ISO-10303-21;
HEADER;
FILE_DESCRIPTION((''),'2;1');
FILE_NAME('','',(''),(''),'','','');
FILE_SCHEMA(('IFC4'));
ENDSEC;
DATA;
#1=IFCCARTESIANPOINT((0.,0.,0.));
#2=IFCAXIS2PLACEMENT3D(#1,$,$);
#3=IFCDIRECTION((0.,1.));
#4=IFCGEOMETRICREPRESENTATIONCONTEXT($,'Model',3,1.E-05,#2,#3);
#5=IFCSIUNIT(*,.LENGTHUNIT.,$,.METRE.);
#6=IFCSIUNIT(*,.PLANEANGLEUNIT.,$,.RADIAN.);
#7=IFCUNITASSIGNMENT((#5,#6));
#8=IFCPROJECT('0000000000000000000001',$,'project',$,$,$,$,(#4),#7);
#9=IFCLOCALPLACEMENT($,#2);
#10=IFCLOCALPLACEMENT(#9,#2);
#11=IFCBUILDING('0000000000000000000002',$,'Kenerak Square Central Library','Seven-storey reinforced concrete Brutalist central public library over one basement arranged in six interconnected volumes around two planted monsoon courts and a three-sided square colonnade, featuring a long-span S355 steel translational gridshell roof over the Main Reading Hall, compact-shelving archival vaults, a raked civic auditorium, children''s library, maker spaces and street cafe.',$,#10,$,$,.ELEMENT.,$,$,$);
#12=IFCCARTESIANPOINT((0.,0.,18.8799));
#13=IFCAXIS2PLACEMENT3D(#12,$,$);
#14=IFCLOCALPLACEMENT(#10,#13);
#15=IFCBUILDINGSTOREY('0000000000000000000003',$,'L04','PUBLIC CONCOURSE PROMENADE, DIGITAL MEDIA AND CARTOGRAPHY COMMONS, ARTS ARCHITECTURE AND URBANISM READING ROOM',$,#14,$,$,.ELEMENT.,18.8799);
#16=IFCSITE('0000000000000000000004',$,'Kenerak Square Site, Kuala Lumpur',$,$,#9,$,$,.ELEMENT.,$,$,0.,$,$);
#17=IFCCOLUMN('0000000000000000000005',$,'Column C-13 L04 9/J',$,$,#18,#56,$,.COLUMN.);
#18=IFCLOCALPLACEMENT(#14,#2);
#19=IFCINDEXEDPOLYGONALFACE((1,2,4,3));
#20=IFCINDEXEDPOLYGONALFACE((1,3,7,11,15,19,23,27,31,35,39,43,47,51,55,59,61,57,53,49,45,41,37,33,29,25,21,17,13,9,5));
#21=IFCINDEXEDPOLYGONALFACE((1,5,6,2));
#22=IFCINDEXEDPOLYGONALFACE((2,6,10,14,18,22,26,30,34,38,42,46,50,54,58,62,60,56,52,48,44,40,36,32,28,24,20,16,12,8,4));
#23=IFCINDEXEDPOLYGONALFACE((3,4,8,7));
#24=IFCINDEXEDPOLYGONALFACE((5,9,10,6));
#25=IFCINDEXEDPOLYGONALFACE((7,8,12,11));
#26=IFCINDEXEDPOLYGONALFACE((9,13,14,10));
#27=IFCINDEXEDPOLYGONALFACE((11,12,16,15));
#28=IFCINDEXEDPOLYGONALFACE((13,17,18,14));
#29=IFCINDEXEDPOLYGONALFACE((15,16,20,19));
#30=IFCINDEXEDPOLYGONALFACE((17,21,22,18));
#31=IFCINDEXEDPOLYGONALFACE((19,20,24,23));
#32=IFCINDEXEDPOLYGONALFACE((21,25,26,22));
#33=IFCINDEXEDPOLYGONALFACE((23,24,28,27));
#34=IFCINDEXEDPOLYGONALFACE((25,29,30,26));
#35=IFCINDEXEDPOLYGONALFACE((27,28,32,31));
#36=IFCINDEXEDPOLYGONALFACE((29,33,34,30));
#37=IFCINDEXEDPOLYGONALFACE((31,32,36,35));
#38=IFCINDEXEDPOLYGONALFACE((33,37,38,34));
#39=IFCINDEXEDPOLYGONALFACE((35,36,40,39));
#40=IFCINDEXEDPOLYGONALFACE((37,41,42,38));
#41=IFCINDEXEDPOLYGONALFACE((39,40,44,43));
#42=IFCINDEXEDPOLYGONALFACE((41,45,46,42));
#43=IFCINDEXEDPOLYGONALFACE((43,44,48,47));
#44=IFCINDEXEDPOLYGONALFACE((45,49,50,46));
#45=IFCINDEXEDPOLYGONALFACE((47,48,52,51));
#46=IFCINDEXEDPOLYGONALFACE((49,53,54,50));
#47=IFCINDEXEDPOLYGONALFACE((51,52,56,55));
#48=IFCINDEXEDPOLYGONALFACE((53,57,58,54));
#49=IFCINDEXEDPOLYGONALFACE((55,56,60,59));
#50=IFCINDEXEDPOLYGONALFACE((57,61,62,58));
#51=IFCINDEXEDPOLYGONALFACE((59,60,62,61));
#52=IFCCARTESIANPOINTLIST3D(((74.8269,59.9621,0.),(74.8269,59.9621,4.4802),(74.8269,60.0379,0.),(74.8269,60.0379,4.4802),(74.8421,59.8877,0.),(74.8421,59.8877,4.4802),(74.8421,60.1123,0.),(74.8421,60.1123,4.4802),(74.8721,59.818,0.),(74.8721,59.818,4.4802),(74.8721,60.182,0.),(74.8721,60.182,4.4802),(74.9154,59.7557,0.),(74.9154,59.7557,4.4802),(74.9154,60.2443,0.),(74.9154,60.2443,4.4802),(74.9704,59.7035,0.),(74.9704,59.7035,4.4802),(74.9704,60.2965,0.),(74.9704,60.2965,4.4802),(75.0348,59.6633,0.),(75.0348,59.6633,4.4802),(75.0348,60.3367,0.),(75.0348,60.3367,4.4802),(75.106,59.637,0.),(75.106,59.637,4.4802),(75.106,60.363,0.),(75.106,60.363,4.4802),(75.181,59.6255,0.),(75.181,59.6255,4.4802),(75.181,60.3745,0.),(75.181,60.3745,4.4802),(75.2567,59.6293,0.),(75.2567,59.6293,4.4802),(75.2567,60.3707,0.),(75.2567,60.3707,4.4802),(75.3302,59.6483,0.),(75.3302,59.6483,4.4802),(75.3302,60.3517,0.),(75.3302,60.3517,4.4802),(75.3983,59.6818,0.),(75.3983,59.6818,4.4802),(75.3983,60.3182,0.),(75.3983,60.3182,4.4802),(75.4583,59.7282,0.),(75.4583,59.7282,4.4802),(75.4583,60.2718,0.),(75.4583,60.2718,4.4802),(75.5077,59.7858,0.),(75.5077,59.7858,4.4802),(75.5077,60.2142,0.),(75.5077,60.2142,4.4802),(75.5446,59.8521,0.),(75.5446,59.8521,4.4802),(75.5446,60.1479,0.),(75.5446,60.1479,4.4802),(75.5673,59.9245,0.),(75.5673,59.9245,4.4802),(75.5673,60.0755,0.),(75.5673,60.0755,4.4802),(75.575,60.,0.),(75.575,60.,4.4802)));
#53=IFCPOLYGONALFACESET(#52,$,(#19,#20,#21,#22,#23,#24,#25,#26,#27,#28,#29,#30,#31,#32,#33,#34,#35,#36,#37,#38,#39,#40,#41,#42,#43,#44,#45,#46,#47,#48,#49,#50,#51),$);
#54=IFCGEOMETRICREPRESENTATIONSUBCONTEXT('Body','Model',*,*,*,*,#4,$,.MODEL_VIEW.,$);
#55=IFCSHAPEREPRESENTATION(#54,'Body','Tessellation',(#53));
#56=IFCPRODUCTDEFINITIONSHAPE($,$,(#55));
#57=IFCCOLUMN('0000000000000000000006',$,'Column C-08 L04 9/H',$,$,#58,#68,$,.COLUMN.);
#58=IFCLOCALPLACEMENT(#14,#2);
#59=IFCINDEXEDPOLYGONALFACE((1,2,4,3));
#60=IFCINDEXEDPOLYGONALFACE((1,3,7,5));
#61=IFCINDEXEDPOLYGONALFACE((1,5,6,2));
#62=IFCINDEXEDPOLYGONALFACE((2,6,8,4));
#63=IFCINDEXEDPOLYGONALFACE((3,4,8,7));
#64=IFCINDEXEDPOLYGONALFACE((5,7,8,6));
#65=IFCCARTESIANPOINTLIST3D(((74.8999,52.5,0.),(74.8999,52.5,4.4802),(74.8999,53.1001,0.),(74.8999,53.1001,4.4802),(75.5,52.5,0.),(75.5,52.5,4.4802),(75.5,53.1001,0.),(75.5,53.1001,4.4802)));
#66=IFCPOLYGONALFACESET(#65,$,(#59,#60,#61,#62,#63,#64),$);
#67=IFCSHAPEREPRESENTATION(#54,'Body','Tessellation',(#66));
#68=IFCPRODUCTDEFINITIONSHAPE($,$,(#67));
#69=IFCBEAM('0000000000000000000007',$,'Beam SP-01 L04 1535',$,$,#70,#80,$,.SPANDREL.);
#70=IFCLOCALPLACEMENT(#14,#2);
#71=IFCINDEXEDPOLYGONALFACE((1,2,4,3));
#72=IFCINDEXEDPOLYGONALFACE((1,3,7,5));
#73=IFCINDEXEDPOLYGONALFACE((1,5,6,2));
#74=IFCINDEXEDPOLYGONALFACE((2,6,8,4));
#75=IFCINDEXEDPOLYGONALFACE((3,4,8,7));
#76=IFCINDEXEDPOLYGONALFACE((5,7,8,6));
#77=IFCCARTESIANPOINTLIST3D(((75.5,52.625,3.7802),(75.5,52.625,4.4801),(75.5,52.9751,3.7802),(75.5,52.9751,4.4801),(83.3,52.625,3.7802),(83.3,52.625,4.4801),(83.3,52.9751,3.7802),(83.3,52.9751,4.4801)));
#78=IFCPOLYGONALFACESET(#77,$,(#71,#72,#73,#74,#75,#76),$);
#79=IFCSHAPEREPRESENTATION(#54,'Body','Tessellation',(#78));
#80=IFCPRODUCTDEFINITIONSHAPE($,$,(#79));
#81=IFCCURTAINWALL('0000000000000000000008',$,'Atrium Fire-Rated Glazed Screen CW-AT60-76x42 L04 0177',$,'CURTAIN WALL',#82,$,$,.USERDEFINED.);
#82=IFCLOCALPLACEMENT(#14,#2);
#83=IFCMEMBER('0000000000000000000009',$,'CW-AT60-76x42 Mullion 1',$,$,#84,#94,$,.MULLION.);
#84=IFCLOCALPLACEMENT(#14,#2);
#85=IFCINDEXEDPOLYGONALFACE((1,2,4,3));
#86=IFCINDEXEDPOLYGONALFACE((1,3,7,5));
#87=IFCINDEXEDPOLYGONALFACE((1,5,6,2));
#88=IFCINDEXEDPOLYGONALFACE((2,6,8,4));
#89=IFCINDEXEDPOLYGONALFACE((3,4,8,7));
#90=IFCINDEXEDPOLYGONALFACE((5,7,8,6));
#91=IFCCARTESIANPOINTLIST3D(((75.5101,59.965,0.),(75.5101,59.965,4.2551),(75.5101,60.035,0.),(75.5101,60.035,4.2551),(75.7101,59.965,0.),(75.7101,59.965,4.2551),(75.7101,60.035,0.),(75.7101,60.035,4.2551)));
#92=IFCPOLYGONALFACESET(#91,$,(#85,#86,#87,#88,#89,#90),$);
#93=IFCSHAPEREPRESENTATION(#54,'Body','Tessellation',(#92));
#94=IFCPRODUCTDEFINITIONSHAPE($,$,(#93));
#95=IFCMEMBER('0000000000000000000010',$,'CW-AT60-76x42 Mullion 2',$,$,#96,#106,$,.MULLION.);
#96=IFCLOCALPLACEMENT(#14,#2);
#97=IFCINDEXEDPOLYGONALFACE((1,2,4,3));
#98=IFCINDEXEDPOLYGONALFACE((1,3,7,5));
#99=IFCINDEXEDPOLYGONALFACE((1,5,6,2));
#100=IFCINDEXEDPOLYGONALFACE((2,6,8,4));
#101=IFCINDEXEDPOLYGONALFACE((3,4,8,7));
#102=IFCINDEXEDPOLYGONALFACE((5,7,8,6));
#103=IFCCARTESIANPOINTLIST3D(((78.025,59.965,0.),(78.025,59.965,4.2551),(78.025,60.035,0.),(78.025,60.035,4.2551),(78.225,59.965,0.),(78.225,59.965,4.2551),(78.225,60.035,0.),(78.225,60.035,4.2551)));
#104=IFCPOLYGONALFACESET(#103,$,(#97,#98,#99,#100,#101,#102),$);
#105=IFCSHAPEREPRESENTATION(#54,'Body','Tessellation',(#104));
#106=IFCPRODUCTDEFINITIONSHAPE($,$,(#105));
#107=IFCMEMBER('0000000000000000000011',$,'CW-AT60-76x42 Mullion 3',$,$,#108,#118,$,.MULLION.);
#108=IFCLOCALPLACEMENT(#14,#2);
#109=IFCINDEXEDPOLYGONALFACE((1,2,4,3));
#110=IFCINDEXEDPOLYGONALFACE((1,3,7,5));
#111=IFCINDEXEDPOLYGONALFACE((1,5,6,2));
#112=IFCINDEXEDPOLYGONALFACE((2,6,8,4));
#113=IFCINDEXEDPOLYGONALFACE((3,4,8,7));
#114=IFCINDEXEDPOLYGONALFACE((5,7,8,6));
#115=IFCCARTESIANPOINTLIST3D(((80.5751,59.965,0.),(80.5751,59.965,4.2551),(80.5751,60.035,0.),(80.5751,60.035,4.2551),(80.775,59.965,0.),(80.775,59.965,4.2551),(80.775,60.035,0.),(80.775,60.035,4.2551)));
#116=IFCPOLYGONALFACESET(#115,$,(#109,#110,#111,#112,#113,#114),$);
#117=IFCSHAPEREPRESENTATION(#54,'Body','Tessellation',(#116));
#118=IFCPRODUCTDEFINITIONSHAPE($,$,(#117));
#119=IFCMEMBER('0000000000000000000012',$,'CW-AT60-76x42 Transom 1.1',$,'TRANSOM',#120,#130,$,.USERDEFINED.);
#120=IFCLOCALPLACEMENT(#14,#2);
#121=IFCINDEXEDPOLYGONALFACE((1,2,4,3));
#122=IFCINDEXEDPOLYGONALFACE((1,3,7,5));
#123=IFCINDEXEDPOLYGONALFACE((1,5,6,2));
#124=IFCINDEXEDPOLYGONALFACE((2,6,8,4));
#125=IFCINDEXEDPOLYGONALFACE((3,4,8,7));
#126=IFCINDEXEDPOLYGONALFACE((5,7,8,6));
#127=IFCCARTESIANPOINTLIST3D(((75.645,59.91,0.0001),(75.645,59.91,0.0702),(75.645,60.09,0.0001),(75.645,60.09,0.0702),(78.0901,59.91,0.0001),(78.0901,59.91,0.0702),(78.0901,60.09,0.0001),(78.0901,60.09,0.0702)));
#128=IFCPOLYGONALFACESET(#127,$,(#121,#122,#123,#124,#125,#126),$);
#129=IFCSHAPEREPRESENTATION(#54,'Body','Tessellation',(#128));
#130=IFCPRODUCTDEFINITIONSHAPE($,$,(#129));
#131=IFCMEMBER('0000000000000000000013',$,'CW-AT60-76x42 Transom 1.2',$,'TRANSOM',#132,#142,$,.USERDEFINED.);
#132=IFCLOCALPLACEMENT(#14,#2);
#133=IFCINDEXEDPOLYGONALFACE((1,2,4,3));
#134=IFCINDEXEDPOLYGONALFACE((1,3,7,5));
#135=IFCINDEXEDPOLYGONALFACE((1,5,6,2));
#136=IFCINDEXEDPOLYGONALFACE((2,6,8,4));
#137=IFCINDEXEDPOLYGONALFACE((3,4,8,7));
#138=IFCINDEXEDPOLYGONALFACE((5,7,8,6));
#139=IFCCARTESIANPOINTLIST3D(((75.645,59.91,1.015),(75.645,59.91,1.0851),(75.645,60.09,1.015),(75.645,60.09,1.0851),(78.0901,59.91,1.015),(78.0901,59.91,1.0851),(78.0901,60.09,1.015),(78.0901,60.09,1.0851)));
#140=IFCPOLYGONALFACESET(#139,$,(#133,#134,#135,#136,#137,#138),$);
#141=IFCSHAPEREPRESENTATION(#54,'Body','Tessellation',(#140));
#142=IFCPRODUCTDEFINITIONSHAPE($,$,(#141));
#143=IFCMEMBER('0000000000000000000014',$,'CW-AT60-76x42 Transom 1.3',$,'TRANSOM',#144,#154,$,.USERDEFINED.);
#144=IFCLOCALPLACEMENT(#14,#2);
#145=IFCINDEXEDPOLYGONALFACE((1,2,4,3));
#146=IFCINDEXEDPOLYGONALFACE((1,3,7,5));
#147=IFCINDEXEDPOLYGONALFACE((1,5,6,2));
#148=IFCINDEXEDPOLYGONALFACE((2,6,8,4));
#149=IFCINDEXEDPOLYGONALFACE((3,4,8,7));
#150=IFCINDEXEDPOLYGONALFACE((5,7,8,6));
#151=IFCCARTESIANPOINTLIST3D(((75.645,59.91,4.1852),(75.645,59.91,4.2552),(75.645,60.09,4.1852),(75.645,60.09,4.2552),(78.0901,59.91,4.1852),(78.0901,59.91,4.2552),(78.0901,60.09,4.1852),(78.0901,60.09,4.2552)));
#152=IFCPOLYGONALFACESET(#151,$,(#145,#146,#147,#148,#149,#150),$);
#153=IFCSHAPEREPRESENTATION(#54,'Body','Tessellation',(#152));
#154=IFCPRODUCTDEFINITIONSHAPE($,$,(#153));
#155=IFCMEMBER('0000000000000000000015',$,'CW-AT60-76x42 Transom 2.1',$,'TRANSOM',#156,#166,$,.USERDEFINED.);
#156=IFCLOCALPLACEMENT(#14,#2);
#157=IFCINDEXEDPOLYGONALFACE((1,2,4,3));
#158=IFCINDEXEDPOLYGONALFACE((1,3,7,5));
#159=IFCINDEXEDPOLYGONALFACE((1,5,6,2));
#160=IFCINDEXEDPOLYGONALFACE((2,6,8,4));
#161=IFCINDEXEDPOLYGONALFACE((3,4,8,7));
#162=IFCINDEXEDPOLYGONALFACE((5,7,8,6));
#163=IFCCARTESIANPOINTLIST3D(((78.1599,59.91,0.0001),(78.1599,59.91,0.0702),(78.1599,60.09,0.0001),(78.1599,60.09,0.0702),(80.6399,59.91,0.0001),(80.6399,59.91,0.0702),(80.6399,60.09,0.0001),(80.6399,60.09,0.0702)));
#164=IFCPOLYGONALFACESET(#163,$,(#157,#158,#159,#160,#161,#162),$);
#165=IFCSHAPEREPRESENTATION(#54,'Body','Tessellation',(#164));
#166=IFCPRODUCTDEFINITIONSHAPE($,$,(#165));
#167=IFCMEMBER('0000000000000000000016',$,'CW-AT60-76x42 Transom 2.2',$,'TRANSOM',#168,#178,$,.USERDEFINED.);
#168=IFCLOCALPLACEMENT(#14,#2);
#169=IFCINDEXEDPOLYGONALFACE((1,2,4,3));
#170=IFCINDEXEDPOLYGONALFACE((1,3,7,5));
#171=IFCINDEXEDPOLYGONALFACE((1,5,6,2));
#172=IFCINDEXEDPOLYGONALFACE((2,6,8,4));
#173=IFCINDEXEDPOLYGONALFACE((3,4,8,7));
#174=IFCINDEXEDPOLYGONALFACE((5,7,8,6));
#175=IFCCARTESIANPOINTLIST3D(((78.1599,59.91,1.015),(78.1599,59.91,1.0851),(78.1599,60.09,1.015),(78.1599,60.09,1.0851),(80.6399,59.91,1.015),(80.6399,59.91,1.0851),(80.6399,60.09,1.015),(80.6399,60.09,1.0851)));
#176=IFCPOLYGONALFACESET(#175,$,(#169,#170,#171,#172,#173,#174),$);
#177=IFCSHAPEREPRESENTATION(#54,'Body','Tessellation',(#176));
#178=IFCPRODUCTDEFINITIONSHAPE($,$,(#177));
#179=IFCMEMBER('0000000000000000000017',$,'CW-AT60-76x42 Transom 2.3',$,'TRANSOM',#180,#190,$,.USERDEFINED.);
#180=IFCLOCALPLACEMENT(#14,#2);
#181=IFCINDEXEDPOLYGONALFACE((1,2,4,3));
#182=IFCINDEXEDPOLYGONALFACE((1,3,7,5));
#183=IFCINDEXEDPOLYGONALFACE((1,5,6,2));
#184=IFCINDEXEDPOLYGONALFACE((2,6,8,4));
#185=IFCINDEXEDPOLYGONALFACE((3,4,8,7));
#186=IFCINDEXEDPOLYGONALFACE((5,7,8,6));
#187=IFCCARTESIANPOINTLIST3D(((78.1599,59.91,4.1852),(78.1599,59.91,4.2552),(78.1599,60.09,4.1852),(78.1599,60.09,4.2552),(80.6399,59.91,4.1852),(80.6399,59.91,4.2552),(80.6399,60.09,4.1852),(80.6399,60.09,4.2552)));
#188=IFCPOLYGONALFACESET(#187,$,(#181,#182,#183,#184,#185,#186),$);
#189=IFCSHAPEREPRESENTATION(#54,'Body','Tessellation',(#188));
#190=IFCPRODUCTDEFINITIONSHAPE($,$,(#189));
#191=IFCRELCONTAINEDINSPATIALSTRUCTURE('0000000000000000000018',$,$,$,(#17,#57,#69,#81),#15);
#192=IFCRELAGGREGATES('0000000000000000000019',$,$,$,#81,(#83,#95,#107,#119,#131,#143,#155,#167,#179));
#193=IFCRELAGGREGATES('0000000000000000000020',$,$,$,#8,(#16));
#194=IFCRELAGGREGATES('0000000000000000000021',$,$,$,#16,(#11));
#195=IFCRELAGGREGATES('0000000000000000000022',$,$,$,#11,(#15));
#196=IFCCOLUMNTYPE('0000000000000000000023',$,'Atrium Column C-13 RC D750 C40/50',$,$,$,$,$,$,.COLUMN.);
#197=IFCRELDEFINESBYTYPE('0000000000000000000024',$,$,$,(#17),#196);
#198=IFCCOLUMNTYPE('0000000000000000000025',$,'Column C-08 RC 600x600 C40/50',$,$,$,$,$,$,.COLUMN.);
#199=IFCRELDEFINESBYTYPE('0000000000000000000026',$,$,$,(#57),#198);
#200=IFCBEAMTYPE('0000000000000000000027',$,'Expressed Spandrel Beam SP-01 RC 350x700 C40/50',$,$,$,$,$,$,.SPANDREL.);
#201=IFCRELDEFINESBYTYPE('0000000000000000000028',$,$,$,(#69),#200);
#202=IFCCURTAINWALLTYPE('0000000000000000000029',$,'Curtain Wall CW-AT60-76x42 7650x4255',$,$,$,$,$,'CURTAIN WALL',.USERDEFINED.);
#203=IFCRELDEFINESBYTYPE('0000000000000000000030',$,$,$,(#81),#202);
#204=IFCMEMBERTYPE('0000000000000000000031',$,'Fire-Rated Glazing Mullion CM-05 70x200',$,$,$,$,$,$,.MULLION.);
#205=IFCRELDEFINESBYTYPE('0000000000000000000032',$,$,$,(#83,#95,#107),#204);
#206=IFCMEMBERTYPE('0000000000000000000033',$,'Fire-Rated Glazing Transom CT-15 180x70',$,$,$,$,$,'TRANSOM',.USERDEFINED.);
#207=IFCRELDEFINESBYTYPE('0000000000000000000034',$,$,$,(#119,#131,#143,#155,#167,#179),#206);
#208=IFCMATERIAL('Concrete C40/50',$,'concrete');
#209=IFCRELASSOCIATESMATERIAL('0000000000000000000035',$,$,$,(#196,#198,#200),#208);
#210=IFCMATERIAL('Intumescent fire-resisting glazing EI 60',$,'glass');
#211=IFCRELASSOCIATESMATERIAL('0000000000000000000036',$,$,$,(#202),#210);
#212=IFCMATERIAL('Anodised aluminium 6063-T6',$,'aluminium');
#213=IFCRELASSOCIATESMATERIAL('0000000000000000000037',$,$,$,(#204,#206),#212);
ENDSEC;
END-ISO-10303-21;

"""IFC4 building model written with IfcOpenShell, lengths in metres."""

from ifc_helpers import new_model, si_unit, direction, frame, origin, origin_2d, place, context, subcontext, project, spatial, rectangle, circle, extrude, material, material_profile, profile_set, type_object, element, aggregate, save


model = new_model("IFC4")

# Units and contexts
model_context = context("Model", 3, precision=1e-05, world=origin(), true_north=direction((0.0, 1.0)))
body_context = subcontext(model_context, "Body", "Model", "MODEL_VIEW")
ifc_project = project(units=[si_unit("LENGTHUNIT", "METRE"), si_unit("PLANEANGLEUNIT", "RADIAN")], contexts=[model_context])

# Site, building, storey
site_placement = place(None, origin())
site = spatial("IfcSite", under=ifc_project, at=site_placement, Name="Kenerak Square Site, Kuala Lumpur", CompositionType="ELEMENT", RefElevation=0.0)
building_placement = place(site_placement, origin())
building = spatial("IfcBuilding", under=site, at=building_placement, Name="Kenerak Square Central Library", Description="Seven-storey reinforced concrete Brutalist central public library over one basement arranged in six interconnected volumes around two planted monsoon courts and a three-sided square colonnade, featuring a long-span S355 steel translational gridshell roof over the Main Reading Hall, compact-shelving archival vaults, a raked civic auditorium, children's library, maker spaces and street cafe.", CompositionType="ELEMENT")
storey_placement = place(building_placement, frame((0.0, 0.0, 18.8799)))
storey = spatial("IfcBuildingStorey", under=building, at=storey_placement, Name="L04", Description="PUBLIC CONCOURSE PROMENADE, DIGITAL MEDIA AND CARTOGRAPHY COMMONS, ARTS ARCHITECTURE AND URBANISM READING ROOM", CompositionType="ELEMENT", Elevation=18.8799)

# Columns
ifc_material_1 = material(Name="Concrete C40/50", Category="concrete")
ifc_material_profile_1 = material_profile(ifc_material_1, circle(Radius=0.375, at=origin_2d()), Name="RC D750")
ifc_profile_set_1 = profile_set([ifc_material_profile_1], Name="Concrete C40/50")
column_type_1 = type_object("IfcColumnType", Name="Atrium Column C-13 RC D750 C40/50", PredefinedType="COLUMN", material=ifc_profile_set_1)
column_1_placement = place(storey_placement, frame((75.2, 60.0, 0.0), z_axis=(0.0, 0.0, 1.0), x_axis=(1.0, 0.0, 0.0)))
element("IfcColumn", 1, at=column_1_placement, inside=storey, type_object=column_type_1, Name="Column C-13 L04 9/J", PredefinedType="COLUMN", context=body_context, shape_type="SweptSolid", body=[
    extrude(circle(Radius=0.375, at=origin_2d()), origin(), (0.0, 0.0, 1.0), 4.4802),
])
ifc_material_profile_2 = material_profile(ifc_material_1, rectangle(XDim=0.6001, YDim=0.6001, at=origin_2d()), Name="RC 600x600")
ifc_profile_set_2 = profile_set([ifc_material_profile_2], Name="Concrete C40/50")
column_type_2 = type_object("IfcColumnType", Name="Column C-08 RC 600x600 C40/50", PredefinedType="COLUMN", material=ifc_profile_set_2)
column_2_placement = place(storey_placement, frame((75.2, 52.8, 0.0), z_axis=(0.0, 0.0, 1.0), x_axis=(1.0, 0.0, 0.0)))
element("IfcColumn", 2, at=column_2_placement, inside=storey, type_object=column_type_2, Name="Column C-08 L04 9/H", PredefinedType="COLUMN", context=body_context, shape_type="SweptSolid", body=[
    extrude(rectangle(XDim=0.6001, YDim=0.6001, at=origin_2d()), origin(), (0.0, 0.0, 1.0), 4.4802),
])

# Beam
ifc_material_profile_3 = material_profile(ifc_material_1, rectangle(XDim=0.3501, YDim=0.7, at=origin_2d()), Name="RC 350x700")
ifc_profile_set_3 = profile_set([ifc_material_profile_3], Name="Concrete C40/50")
beam_type_1 = type_object("IfcBeamType", Name="Expressed Spandrel Beam SP-01 RC 350x700 C40/50", PredefinedType="SPANDREL", material=ifc_profile_set_3)
beam_1_placement = place(storey_placement, frame((75.5, 52.8, 4.1301), z_axis=(1.0, 0.0, 0.0), x_axis=(0.0, 1.0, 0.0)))
element("IfcBeam", 3, at=beam_1_placement, inside=storey, type_object=beam_type_1, Name="Beam SP-01 L04 1535", PredefinedType="SPANDREL", context=body_context, shape_type="SweptSolid", body=[
    extrude(rectangle(XDim=0.3501, YDim=0.7, at=origin_2d()), origin(), (0.0, 0.0, 1.0), 7.8),
])

# Curtain wall, members
ifc_material_2 = material(Name="Intumescent fire-resisting glazing EI 60", Category="glass")
curtain_wall_type = type_object("IfcCurtainWallType", Name="Curtain Wall CW-AT60-76x42 7650x4255", ElementType="CURTAIN WALL", PredefinedType="USERDEFINED", material=ifc_material_2)
curtain_wall_placement = place(storey_placement, origin())
curtain_wall = element("IfcCurtainWall", 4, at=curtain_wall_placement, inside=storey, type_object=curtain_wall_type, Name="Atrium Fire-Rated Glazed Screen CW-AT60-76x42 L04 0177", ObjectType="CURTAIN WALL", PredefinedType="USERDEFINED")
ifc_material_3 = material(Name="Anodised aluminium 6063-T6", Category="aluminium")
ifc_material_profile_4 = material_profile(ifc_material_3, rectangle(XDim=0.0701, YDim=0.2, at=origin_2d()), Name="AL MULLION 70x200")
ifc_profile_set_4 = profile_set([ifc_material_profile_4], Name="Anodised aluminium 6063-T6")
member_type_1 = type_object("IfcMemberType", Name="Fire-Rated Glazing Mullion CM-05 70x200", PredefinedType="MULLION", material=ifc_profile_set_4)
member_1_placement = place(storey_placement, frame((75.6101, 60.0, 0.0), z_axis=(0.0, 0.0, 1.0), x_axis=(0.0, 1.0, 0.0)))
member_1 = element("IfcMember", 5, at=member_1_placement, type_object=member_type_1, Name="CW-AT60-76x42 Mullion 1", PredefinedType="MULLION", context=body_context, shape_type="SweptSolid", body=[
    extrude(rectangle(XDim=0.0701, YDim=0.2, at=origin_2d()), origin(), (0.0, 0.0, 1.0), 4.2551),
])
member_2_placement = place(storey_placement, frame((78.125, 60.0, 0.0), z_axis=(0.0, 0.0, 1.0), x_axis=(0.0, 1.0, 0.0)))
member_2 = element("IfcMember", 6, at=member_2_placement, type_object=member_type_1, Name="CW-AT60-76x42 Mullion 2", PredefinedType="MULLION", context=body_context, shape_type="SweptSolid", body=[
    extrude(rectangle(XDim=0.0701, YDim=0.2, at=origin_2d()), origin(), (0.0, 0.0, 1.0), 4.2551),
])
member_3_placement = place(storey_placement, frame((80.675, 60.0, 0.0), z_axis=(0.0, 0.0, 1.0), x_axis=(0.0, 1.0, 0.0)))
member_3 = element("IfcMember", 7, at=member_3_placement, type_object=member_type_1, Name="CW-AT60-76x42 Mullion 3", PredefinedType="MULLION", context=body_context, shape_type="SweptSolid", body=[
    extrude(rectangle(XDim=0.0701, YDim=0.2, at=origin_2d()), origin(), (0.0, 0.0, 1.0), 4.2551),
])
ifc_material_profile_5 = material_profile(ifc_material_3, rectangle(XDim=0.1799, YDim=0.0701, at=origin_2d()), Name="AL TRANSOM 180x70")
ifc_profile_set_5 = profile_set([ifc_material_profile_5], Name="Anodised aluminium 6063-T6")
member_type_2 = type_object("IfcMemberType", Name="Fire-Rated Glazing Transom CT-15 180x70", ElementType="TRANSOM", PredefinedType="USERDEFINED", material=ifc_profile_set_5)
member_4_placement = place(storey_placement, frame((75.645, 60.0, 0.0352), z_axis=(1.0, 0.0, 0.0), x_axis=(0.0, 1.0, 0.0)))
member_4 = element("IfcMember", 8, at=member_4_placement, type_object=member_type_2, Name="CW-AT60-76x42 Transom 1.1", ObjectType="TRANSOM", PredefinedType="USERDEFINED", context=body_context, shape_type="SweptSolid", body=[
    extrude(rectangle(XDim=0.1799, YDim=0.0701, at=origin_2d()), origin(), (0.0, 0.0, 1.0), 2.4451),
])
member_5_placement = place(storey_placement, frame((75.645, 60.0, 1.05), z_axis=(1.0, 0.0, 0.0), x_axis=(0.0, 1.0, 0.0)))
member_5 = element("IfcMember", 9, at=member_5_placement, type_object=member_type_2, Name="CW-AT60-76x42 Transom 1.2", ObjectType="TRANSOM", PredefinedType="USERDEFINED", context=body_context, shape_type="SweptSolid", body=[
    extrude(rectangle(XDim=0.1799, YDim=0.0701, at=origin_2d()), origin(), (0.0, 0.0, 1.0), 2.4451),
])
member_6_placement = place(storey_placement, frame((75.645, 60.0, 4.2202), z_axis=(1.0, 0.0, 0.0), x_axis=(0.0, 1.0, 0.0)))
member_6 = element("IfcMember", 10, at=member_6_placement, type_object=member_type_2, Name="CW-AT60-76x42 Transom 1.3", ObjectType="TRANSOM", PredefinedType="USERDEFINED", context=body_context, shape_type="SweptSolid", body=[
    extrude(rectangle(XDim=0.1799, YDim=0.0701, at=origin_2d()), origin(), (0.0, 0.0, 1.0), 2.4451),
])
member_7_placement = place(storey_placement, frame((78.1599, 60.0, 0.0352), z_axis=(1.0, 0.0, 0.0), x_axis=(0.0, 1.0, 0.0)))
member_7 = element("IfcMember", 11, at=member_7_placement, type_object=member_type_2, Name="CW-AT60-76x42 Transom 2.1", ObjectType="TRANSOM", PredefinedType="USERDEFINED", context=body_context, shape_type="SweptSolid", body=[
    extrude(rectangle(XDim=0.1799, YDim=0.0701, at=origin_2d()), origin(), (0.0, 0.0, 1.0), 2.48),
])
member_8_placement = place(storey_placement, frame((78.1599, 60.0, 1.05), z_axis=(1.0, 0.0, 0.0), x_axis=(0.0, 1.0, 0.0)))
member_8 = element("IfcMember", 12, at=member_8_placement, type_object=member_type_2, Name="CW-AT60-76x42 Transom 2.2", ObjectType="TRANSOM", PredefinedType="USERDEFINED", context=body_context, shape_type="SweptSolid", body=[
    extrude(rectangle(XDim=0.1799, YDim=0.0701, at=origin_2d()), origin(), (0.0, 0.0, 1.0), 2.48),
])
member_9_placement = place(storey_placement, frame((78.1599, 60.0, 4.2202), z_axis=(1.0, 0.0, 0.0), x_axis=(0.0, 1.0, 0.0)))
member_9 = element("IfcMember", 13, at=member_9_placement, type_object=member_type_2, Name="CW-AT60-76x42 Transom 2.3", ObjectType="TRANSOM", PredefinedType="USERDEFINED", context=body_context, shape_type="SweptSolid", body=[
    extrude(rectangle(XDim=0.1799, YDim=0.0701, at=origin_2d()), origin(), (0.0, 0.0, 1.0), 2.48),
])

aggregate(curtain_wall, [member_1, member_2, member_3, member_4, member_5, member_6, member_7, member_8, member_9])

save(model, "model.ifc")
